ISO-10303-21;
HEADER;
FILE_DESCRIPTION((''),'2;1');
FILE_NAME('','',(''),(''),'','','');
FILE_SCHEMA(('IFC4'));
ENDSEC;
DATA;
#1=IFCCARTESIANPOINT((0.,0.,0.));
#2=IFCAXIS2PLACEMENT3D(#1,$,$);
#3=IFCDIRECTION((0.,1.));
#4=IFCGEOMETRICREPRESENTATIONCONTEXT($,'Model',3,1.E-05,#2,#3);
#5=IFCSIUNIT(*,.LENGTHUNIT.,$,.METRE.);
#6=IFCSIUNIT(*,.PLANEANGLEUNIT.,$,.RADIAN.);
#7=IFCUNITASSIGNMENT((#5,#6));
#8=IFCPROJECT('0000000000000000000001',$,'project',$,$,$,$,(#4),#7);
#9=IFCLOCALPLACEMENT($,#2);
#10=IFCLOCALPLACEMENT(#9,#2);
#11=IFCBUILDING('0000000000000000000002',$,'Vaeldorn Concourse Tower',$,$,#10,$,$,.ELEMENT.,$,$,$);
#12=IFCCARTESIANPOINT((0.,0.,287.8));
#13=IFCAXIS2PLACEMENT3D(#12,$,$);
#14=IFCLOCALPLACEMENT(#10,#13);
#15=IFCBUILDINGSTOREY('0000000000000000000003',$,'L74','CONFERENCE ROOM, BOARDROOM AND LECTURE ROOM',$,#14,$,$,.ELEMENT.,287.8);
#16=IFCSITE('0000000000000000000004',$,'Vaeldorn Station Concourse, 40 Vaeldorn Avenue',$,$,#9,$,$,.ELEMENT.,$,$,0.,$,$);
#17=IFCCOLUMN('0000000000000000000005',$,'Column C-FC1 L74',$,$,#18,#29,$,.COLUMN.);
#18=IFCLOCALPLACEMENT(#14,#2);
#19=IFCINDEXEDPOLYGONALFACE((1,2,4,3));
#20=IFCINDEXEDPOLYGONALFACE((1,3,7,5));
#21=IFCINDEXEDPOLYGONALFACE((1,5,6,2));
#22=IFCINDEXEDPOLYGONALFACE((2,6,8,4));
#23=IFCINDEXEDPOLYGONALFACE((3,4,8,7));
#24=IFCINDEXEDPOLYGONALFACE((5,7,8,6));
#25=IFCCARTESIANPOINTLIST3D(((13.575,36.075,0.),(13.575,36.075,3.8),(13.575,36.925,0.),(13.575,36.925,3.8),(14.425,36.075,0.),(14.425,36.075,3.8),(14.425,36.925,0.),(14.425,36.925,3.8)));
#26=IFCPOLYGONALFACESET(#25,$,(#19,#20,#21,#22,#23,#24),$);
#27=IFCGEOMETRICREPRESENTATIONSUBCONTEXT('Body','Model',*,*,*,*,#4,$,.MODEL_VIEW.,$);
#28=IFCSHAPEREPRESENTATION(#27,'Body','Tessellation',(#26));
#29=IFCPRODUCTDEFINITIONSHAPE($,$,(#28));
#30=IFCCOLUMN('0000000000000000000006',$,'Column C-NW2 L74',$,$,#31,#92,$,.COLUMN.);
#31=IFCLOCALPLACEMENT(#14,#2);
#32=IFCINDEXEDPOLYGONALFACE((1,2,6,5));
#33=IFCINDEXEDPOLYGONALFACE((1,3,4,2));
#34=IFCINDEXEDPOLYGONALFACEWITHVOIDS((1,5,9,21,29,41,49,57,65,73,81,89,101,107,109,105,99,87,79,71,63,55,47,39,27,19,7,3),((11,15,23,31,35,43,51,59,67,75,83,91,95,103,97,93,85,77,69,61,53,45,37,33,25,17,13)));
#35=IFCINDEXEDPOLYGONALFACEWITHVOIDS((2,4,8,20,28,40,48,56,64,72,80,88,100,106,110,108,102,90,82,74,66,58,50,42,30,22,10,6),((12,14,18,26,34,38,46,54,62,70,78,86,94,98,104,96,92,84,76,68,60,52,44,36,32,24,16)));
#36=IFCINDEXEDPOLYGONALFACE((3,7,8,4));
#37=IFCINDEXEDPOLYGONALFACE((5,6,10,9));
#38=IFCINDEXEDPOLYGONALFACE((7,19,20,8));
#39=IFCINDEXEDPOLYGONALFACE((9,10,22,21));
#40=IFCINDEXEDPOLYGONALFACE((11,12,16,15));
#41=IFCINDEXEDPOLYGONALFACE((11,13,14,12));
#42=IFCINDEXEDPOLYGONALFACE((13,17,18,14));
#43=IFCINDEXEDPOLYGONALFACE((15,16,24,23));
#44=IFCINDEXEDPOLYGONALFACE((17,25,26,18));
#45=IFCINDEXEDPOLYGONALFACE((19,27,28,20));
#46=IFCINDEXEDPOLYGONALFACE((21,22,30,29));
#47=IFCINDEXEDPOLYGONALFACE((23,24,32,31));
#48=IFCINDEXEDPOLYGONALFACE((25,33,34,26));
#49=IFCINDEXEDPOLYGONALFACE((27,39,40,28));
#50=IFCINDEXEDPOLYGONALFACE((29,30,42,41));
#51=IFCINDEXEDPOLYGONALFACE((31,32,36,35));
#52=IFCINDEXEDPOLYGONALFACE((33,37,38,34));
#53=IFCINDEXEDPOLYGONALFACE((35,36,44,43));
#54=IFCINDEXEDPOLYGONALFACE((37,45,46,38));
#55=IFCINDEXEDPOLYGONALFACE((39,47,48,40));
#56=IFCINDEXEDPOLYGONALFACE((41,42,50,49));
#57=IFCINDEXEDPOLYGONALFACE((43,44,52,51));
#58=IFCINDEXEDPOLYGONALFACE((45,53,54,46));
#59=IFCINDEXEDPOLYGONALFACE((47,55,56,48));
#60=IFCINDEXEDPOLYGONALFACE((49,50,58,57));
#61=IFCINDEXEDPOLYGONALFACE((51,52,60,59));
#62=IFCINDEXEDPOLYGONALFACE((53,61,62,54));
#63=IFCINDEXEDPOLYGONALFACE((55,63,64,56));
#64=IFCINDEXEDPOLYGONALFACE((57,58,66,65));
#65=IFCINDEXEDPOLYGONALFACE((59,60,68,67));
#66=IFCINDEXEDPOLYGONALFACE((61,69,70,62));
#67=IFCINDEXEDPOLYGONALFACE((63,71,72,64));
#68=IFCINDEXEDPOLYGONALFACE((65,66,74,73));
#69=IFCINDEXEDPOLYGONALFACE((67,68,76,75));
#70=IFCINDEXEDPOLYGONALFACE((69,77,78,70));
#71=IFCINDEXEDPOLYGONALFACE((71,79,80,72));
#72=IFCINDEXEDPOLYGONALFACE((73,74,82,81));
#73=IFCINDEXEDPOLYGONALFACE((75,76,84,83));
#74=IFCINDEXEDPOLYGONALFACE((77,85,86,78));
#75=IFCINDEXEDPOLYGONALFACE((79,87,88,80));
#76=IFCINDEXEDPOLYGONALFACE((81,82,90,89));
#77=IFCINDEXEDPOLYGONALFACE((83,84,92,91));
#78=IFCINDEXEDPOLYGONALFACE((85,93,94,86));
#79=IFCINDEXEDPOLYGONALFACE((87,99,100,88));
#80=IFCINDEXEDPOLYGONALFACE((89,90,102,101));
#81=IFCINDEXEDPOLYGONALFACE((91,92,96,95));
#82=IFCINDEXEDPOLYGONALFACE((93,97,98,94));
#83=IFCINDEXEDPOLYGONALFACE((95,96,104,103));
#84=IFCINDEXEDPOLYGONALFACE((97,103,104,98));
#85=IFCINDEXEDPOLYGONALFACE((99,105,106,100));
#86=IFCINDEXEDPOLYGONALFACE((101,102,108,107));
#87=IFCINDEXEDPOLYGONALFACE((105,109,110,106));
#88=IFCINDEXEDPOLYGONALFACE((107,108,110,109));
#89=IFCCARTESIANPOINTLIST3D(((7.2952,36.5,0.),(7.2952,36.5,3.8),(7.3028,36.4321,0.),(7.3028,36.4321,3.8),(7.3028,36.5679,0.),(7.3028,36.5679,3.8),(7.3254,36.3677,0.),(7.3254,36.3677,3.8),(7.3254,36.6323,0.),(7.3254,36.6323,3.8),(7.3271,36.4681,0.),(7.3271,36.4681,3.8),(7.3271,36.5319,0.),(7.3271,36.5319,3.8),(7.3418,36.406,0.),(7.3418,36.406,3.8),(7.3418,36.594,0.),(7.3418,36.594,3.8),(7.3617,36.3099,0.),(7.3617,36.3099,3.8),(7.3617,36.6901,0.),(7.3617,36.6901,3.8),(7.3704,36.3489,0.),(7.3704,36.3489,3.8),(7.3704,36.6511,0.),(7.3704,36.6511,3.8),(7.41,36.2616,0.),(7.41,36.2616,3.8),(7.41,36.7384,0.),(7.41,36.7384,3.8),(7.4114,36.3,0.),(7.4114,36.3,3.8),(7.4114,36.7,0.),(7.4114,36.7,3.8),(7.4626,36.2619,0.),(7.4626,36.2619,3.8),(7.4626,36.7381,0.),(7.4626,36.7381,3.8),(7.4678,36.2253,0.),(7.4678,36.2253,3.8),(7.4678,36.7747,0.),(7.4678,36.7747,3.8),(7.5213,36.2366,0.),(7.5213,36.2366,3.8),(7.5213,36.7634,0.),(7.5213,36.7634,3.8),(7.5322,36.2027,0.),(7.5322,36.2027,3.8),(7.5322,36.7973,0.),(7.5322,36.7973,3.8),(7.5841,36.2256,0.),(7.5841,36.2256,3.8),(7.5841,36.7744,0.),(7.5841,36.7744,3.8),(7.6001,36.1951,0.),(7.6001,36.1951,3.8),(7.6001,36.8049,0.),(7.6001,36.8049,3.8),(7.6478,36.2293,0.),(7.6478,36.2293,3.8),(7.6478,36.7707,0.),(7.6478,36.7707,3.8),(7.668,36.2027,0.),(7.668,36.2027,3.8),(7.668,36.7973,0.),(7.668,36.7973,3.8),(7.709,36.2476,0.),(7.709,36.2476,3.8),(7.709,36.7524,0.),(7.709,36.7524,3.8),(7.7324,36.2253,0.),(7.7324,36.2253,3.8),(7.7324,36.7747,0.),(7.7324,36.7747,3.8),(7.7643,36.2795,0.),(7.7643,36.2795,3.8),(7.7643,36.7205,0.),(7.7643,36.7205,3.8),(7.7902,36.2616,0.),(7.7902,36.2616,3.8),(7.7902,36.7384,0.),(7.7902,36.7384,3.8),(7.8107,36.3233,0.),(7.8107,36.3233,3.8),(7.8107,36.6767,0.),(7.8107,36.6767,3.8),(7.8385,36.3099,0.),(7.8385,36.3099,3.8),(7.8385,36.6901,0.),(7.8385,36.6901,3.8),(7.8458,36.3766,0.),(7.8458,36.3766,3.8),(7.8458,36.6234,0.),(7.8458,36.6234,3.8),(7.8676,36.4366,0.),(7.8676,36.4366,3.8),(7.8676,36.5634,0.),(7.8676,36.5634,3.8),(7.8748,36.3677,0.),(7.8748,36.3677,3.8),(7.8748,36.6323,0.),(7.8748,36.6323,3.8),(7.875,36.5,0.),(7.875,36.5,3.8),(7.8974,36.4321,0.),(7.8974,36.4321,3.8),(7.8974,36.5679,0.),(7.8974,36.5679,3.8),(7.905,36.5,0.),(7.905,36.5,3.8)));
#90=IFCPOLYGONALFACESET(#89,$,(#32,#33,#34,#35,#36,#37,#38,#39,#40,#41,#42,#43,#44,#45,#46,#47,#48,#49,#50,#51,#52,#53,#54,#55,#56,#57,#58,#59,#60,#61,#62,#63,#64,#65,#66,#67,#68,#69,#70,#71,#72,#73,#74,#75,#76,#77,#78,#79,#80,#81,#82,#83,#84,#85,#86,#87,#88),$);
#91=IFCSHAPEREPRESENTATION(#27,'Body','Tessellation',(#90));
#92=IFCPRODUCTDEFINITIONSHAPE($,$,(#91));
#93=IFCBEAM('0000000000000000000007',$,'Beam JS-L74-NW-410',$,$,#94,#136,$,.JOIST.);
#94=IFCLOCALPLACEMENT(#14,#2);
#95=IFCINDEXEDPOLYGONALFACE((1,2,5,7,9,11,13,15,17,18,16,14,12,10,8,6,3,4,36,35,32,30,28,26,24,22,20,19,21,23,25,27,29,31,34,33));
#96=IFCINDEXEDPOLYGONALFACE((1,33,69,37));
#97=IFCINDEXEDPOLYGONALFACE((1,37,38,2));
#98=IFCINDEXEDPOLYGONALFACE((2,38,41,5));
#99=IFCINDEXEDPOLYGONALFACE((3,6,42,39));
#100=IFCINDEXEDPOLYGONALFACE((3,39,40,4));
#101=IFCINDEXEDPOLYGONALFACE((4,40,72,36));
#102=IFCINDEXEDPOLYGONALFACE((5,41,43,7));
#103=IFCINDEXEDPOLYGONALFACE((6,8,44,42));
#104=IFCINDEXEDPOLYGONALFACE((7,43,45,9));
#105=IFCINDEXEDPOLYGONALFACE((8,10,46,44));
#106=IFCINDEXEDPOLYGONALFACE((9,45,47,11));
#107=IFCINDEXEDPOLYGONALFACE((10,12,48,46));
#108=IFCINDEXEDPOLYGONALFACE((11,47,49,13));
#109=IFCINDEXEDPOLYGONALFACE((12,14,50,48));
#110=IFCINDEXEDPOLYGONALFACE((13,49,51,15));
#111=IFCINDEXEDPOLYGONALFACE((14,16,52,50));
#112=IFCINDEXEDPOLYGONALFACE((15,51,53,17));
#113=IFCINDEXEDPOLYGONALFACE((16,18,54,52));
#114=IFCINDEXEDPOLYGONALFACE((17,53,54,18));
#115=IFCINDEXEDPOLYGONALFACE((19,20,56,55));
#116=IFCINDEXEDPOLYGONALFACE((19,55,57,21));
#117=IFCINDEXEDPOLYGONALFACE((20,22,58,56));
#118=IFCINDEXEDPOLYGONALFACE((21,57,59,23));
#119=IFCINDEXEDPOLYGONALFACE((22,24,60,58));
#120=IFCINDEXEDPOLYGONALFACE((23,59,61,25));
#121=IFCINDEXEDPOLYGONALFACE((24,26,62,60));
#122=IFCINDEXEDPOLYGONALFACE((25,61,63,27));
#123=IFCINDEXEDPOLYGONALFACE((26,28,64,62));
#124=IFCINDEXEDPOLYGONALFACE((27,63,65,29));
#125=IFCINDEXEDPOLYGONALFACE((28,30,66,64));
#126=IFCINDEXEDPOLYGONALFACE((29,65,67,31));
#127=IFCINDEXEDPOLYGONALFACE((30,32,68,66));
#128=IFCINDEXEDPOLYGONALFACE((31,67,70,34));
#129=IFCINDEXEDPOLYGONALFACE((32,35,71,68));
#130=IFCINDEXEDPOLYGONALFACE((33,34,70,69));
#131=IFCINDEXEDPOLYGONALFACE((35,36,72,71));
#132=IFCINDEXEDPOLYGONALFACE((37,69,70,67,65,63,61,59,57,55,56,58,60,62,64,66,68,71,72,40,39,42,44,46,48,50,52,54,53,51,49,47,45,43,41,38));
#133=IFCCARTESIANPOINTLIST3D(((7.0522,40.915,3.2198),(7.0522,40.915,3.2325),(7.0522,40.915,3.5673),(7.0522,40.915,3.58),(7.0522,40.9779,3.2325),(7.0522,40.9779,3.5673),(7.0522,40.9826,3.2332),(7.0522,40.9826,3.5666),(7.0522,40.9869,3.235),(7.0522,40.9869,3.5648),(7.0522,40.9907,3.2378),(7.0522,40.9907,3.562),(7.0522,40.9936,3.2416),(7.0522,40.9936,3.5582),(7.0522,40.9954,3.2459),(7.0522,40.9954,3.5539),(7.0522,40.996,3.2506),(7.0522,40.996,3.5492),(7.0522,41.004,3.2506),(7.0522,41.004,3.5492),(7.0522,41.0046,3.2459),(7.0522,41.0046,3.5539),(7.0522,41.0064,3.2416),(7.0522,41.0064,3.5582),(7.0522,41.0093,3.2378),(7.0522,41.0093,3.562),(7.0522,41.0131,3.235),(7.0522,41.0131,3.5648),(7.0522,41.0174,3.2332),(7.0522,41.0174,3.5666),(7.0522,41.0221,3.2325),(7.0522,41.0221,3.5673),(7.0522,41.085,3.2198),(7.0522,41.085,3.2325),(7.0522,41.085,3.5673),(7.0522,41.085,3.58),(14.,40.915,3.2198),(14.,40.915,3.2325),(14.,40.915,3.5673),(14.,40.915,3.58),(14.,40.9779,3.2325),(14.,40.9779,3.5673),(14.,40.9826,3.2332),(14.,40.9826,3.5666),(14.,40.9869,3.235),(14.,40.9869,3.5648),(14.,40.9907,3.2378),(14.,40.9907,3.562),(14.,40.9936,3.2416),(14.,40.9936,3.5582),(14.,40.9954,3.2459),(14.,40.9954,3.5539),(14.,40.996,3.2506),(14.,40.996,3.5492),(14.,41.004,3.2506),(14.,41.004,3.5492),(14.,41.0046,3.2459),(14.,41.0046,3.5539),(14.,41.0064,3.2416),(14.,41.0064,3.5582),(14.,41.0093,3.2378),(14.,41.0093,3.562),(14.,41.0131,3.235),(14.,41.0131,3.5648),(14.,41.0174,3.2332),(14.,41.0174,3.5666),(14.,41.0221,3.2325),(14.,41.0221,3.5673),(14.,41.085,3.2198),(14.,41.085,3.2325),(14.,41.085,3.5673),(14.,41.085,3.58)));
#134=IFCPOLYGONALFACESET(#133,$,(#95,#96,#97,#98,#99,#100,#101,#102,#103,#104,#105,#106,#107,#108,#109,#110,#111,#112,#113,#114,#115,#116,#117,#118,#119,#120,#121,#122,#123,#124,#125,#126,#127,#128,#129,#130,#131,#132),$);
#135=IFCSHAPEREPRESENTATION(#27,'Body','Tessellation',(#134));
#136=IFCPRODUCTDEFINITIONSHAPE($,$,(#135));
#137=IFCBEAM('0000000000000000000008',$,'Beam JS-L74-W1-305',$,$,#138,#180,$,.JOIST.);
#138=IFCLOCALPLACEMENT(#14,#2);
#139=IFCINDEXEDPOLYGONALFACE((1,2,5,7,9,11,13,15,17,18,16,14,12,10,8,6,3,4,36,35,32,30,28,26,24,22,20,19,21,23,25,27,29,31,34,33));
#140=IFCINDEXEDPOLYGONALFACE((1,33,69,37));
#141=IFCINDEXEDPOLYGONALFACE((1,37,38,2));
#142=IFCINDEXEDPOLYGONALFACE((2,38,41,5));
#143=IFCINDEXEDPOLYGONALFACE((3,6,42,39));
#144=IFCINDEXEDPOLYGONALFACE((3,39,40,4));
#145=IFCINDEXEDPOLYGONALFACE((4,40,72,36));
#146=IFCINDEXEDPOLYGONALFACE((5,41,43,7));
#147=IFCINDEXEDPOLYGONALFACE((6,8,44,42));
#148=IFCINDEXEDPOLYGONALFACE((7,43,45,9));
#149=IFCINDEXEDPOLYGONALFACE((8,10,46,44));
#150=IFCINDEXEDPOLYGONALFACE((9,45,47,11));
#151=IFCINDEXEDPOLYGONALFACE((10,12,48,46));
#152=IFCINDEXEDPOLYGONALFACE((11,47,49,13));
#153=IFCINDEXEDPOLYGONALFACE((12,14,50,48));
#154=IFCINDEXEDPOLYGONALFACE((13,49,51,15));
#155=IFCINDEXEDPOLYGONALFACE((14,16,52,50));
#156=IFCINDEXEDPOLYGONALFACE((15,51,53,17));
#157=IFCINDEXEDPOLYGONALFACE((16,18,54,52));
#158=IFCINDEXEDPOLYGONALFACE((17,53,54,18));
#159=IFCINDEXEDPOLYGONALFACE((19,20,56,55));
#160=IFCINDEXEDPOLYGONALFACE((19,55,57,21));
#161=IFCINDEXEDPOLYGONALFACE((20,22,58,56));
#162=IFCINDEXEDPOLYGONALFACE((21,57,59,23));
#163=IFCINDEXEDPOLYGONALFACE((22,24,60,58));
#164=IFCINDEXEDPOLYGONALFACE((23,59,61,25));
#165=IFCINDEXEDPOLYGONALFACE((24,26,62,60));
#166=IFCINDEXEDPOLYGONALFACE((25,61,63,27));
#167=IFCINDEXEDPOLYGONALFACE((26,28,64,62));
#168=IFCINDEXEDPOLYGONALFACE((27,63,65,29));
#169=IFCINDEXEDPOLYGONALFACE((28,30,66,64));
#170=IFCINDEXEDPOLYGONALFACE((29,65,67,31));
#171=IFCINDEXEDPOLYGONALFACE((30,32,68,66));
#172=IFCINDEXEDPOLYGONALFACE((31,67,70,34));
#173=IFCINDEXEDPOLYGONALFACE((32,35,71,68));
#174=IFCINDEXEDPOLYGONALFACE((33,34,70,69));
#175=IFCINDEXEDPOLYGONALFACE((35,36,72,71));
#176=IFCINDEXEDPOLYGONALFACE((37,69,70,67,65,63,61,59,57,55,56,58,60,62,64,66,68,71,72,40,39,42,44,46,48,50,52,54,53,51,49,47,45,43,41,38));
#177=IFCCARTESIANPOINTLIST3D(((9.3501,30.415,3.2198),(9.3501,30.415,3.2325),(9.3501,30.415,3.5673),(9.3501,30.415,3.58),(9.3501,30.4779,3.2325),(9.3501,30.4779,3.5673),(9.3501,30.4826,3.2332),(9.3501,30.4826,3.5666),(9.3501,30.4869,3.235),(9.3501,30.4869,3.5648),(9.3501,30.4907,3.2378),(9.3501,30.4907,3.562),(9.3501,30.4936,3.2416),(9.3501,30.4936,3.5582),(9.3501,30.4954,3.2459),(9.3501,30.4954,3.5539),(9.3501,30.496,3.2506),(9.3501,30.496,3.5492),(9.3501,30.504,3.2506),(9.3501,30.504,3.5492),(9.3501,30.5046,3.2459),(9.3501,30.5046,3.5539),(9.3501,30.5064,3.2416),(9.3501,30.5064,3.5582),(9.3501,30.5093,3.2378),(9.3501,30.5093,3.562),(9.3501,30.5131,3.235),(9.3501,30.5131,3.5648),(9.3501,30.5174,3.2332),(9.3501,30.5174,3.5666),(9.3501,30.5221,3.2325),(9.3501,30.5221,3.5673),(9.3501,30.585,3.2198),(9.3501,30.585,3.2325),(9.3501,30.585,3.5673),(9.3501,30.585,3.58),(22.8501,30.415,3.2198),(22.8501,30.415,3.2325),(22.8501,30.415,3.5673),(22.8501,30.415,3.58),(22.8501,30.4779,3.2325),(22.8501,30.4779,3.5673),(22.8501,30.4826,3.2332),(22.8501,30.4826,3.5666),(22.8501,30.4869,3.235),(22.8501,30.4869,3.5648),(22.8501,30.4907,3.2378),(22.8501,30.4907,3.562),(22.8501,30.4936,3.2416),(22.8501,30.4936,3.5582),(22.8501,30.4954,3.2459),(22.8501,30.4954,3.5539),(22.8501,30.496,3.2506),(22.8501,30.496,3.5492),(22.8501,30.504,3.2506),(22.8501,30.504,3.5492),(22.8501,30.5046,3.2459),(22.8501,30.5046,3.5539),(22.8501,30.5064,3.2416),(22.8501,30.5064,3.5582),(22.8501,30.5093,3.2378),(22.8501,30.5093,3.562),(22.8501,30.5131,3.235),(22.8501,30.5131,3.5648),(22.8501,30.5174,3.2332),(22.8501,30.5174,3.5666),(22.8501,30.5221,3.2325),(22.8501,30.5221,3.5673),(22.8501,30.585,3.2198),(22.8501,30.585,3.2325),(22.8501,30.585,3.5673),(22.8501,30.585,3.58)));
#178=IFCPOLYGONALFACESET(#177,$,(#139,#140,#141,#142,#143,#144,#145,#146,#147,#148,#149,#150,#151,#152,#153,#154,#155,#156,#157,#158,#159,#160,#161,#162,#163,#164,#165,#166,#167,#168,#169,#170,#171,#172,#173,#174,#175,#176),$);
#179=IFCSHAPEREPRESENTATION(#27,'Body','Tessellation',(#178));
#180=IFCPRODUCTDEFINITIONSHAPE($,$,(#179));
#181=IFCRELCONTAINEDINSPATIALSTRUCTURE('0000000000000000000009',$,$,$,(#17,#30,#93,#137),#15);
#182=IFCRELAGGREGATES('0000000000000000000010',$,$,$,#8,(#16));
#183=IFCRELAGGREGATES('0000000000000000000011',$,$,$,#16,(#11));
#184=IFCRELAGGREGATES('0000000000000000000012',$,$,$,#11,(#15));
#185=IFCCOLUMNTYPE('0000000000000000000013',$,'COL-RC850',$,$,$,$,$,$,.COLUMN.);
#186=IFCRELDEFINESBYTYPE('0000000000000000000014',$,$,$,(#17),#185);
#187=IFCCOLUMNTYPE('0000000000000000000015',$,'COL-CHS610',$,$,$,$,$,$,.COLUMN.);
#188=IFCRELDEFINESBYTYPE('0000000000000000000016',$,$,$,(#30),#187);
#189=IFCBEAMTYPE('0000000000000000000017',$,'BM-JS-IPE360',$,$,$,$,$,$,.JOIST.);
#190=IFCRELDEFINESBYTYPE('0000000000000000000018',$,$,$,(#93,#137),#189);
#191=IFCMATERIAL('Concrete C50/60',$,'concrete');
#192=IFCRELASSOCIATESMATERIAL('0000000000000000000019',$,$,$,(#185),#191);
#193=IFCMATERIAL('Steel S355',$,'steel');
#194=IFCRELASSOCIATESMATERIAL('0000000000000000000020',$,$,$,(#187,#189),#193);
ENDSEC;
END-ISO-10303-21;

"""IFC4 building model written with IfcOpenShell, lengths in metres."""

from ifc_helpers import new_model, si_unit, direction, frame, origin, origin_2d, place, context, subcontext, project, spatial, rectangle, hollow_circle, i_section, extrude, source, transform, mapped, material, material_profile, profile_set, type_object, element, save


model = new_model("IFC4")

# Units and contexts
model_context = context("Model", 3, precision=1e-05, world=origin(), true_north=direction((0.0, 1.0)))
body_context = subcontext(model_context, "Body", "Model", "MODEL_VIEW")
ifc_project = project(units=[si_unit("LENGTHUNIT", "METRE"), si_unit("PLANEANGLEUNIT", "RADIAN")], contexts=[model_context])

# Site, building, storey
site_placement = place(None, origin())
site = spatial("IfcSite", under=ifc_project, at=site_placement, Name="Vaeldorn Station Concourse, 40 Vaeldorn Avenue", CompositionType="ELEMENT", RefElevation=0.0)
building_placement = place(site_placement, origin())
building = spatial("IfcBuilding", under=site, at=building_placement, Name="Vaeldorn Concourse Tower", CompositionType="ELEMENT")
storey_placement = place(building_placement, frame((0.0, 0.0, 287.8)))
storey = spatial("IfcBuildingStorey", under=building, at=storey_placement, Name="L74", Description="CONFERENCE ROOM, BOARDROOM AND LECTURE ROOM", CompositionType="ELEMENT", Elevation=287.8)

# Columns
ifc_material_1 = material(Name="Concrete C50/60", Category="concrete")
ifc_material_profile_1 = material_profile(ifc_material_1, rectangle(XDim=0.8501, YDim=0.8501, at=origin_2d()), Name="RC 850x850")
ifc_profile_set_1 = profile_set([ifc_material_profile_1], Name="Concrete C50/60")
column_type_1 = type_object("IfcColumnType", Name="COL-RC850", PredefinedType="COLUMN", material=ifc_profile_set_1)
shared_shape_1 = source(origin(), body_context, "Body", "SweptSolid", [
    extrude(rectangle(XDim=0.8501, YDim=0.8501, at=origin_2d()), origin(), (0.0, 0.0, 1.0), 3.8),
])
column_1_placement = place(storey_placement, frame((14.0, 36.5, 0.0), z_axis=(0.0, 0.0, 1.0), x_axis=(1.0, 0.0, 0.0)))
element("IfcColumn", 1, at=column_1_placement, inside=storey, type_object=column_type_1, Name="Column C-FC1 L74", PredefinedType="COLUMN", context=body_context, shape_type="MappedRepresentation", body=[
    mapped(shared_shape_1, transform((0.0, 0.0, 0.0), scale=1.0)),
])
ifc_material_2 = material(Name="Steel S355", Category="steel")
ifc_material_profile_2 = material_profile(ifc_material_2, hollow_circle(Radius=0.3049, WallThickness=0.03, at=origin_2d()), Name="CHS 610x30")
ifc_profile_set_2 = profile_set([ifc_material_profile_2], Name="Steel S355")
column_type_2 = type_object("IfcColumnType", Name="COL-CHS610", PredefinedType="COLUMN", material=ifc_profile_set_2)
shared_shape_2 = source(origin(), body_context, "Body", "SweptSolid", [
    extrude(hollow_circle(Radius=0.3049, WallThickness=0.03, at=origin_2d()), origin(), (0.0, 0.0, 1.0), 3.8),
])
column_2_placement = place(storey_placement, frame((7.6001, 36.5, 0.0), z_axis=(0.0, 0.0, 1.0), x_axis=(1.0, 0.0, 0.0)))
element("IfcColumn", 2, at=column_2_placement, inside=storey, type_object=column_type_2, Name="Column C-NW2 L74", PredefinedType="COLUMN", context=body_context, shape_type="MappedRepresentation", body=[
    mapped(shared_shape_2, transform((0.0, 0.0, 0.0), scale=1.0)),
])

# Beams
ifc_material_profile_3 = material_profile(ifc_material_2, i_section(OverallWidth=0.1699, OverallDepth=0.3601, WebThickness=0.0081, FlangeThickness=0.0127, FilletRadius=0.0181, at=origin_2d()), Name="IPE 360")
ifc_profile_set_3 = profile_set([ifc_material_profile_3], Name="Steel S355")
beam_type_1 = type_object("IfcBeamType", Name="BM-JS-IPE360", PredefinedType="JOIST", material=ifc_profile_set_3)
shared_shape_3 = source(origin(), body_context, "Body", "SweptSolid", [
    extrude(i_section(OverallWidth=0.1699, OverallDepth=0.3601, WebThickness=0.0081, FlangeThickness=0.0127, FilletRadius=0.0181, at=origin_2d()), origin(), (0.0, 0.0, 1.0), 6.9478),
])
beam_1_placement = place(storey_placement, frame((7.0522, 41.0, 3.3999), z_axis=(1.0, 0.0, 0.0), x_axis=(0.0, 1.0, 0.0)))
element("IfcBeam", 3, at=beam_1_placement, inside=storey, type_object=beam_type_1, Name="Beam JS-L74-NW-410", PredefinedType="JOIST", context=body_context, shape_type="MappedRepresentation", body=[
    mapped(shared_shape_3, transform((0.0, 0.0, 0.0), scale=1.0)),
])
shared_shape_4 = source(origin(), body_context, "Body", "SweptSolid", [
    extrude(i_section(OverallWidth=0.1699, OverallDepth=0.3601, WebThickness=0.0081, FlangeThickness=0.0127, FilletRadius=0.0181, at=origin_2d()), origin(), (0.0, 0.0, 1.0), 13.5),
])
beam_2_placement = place(storey_placement, frame((9.3501, 30.5, 3.3999), z_axis=(1.0, 0.0, 0.0), x_axis=(0.0, 1.0, 0.0)))
element("IfcBeam", 4, at=beam_2_placement, inside=storey, type_object=beam_type_1, Name="Beam JS-L74-W1-305", PredefinedType="JOIST", context=body_context, shape_type="MappedRepresentation", body=[
    mapped(shared_shape_4, transform((0.0, 0.0, 0.0), scale=1.0)),
])

save(model, "model.ifc")
